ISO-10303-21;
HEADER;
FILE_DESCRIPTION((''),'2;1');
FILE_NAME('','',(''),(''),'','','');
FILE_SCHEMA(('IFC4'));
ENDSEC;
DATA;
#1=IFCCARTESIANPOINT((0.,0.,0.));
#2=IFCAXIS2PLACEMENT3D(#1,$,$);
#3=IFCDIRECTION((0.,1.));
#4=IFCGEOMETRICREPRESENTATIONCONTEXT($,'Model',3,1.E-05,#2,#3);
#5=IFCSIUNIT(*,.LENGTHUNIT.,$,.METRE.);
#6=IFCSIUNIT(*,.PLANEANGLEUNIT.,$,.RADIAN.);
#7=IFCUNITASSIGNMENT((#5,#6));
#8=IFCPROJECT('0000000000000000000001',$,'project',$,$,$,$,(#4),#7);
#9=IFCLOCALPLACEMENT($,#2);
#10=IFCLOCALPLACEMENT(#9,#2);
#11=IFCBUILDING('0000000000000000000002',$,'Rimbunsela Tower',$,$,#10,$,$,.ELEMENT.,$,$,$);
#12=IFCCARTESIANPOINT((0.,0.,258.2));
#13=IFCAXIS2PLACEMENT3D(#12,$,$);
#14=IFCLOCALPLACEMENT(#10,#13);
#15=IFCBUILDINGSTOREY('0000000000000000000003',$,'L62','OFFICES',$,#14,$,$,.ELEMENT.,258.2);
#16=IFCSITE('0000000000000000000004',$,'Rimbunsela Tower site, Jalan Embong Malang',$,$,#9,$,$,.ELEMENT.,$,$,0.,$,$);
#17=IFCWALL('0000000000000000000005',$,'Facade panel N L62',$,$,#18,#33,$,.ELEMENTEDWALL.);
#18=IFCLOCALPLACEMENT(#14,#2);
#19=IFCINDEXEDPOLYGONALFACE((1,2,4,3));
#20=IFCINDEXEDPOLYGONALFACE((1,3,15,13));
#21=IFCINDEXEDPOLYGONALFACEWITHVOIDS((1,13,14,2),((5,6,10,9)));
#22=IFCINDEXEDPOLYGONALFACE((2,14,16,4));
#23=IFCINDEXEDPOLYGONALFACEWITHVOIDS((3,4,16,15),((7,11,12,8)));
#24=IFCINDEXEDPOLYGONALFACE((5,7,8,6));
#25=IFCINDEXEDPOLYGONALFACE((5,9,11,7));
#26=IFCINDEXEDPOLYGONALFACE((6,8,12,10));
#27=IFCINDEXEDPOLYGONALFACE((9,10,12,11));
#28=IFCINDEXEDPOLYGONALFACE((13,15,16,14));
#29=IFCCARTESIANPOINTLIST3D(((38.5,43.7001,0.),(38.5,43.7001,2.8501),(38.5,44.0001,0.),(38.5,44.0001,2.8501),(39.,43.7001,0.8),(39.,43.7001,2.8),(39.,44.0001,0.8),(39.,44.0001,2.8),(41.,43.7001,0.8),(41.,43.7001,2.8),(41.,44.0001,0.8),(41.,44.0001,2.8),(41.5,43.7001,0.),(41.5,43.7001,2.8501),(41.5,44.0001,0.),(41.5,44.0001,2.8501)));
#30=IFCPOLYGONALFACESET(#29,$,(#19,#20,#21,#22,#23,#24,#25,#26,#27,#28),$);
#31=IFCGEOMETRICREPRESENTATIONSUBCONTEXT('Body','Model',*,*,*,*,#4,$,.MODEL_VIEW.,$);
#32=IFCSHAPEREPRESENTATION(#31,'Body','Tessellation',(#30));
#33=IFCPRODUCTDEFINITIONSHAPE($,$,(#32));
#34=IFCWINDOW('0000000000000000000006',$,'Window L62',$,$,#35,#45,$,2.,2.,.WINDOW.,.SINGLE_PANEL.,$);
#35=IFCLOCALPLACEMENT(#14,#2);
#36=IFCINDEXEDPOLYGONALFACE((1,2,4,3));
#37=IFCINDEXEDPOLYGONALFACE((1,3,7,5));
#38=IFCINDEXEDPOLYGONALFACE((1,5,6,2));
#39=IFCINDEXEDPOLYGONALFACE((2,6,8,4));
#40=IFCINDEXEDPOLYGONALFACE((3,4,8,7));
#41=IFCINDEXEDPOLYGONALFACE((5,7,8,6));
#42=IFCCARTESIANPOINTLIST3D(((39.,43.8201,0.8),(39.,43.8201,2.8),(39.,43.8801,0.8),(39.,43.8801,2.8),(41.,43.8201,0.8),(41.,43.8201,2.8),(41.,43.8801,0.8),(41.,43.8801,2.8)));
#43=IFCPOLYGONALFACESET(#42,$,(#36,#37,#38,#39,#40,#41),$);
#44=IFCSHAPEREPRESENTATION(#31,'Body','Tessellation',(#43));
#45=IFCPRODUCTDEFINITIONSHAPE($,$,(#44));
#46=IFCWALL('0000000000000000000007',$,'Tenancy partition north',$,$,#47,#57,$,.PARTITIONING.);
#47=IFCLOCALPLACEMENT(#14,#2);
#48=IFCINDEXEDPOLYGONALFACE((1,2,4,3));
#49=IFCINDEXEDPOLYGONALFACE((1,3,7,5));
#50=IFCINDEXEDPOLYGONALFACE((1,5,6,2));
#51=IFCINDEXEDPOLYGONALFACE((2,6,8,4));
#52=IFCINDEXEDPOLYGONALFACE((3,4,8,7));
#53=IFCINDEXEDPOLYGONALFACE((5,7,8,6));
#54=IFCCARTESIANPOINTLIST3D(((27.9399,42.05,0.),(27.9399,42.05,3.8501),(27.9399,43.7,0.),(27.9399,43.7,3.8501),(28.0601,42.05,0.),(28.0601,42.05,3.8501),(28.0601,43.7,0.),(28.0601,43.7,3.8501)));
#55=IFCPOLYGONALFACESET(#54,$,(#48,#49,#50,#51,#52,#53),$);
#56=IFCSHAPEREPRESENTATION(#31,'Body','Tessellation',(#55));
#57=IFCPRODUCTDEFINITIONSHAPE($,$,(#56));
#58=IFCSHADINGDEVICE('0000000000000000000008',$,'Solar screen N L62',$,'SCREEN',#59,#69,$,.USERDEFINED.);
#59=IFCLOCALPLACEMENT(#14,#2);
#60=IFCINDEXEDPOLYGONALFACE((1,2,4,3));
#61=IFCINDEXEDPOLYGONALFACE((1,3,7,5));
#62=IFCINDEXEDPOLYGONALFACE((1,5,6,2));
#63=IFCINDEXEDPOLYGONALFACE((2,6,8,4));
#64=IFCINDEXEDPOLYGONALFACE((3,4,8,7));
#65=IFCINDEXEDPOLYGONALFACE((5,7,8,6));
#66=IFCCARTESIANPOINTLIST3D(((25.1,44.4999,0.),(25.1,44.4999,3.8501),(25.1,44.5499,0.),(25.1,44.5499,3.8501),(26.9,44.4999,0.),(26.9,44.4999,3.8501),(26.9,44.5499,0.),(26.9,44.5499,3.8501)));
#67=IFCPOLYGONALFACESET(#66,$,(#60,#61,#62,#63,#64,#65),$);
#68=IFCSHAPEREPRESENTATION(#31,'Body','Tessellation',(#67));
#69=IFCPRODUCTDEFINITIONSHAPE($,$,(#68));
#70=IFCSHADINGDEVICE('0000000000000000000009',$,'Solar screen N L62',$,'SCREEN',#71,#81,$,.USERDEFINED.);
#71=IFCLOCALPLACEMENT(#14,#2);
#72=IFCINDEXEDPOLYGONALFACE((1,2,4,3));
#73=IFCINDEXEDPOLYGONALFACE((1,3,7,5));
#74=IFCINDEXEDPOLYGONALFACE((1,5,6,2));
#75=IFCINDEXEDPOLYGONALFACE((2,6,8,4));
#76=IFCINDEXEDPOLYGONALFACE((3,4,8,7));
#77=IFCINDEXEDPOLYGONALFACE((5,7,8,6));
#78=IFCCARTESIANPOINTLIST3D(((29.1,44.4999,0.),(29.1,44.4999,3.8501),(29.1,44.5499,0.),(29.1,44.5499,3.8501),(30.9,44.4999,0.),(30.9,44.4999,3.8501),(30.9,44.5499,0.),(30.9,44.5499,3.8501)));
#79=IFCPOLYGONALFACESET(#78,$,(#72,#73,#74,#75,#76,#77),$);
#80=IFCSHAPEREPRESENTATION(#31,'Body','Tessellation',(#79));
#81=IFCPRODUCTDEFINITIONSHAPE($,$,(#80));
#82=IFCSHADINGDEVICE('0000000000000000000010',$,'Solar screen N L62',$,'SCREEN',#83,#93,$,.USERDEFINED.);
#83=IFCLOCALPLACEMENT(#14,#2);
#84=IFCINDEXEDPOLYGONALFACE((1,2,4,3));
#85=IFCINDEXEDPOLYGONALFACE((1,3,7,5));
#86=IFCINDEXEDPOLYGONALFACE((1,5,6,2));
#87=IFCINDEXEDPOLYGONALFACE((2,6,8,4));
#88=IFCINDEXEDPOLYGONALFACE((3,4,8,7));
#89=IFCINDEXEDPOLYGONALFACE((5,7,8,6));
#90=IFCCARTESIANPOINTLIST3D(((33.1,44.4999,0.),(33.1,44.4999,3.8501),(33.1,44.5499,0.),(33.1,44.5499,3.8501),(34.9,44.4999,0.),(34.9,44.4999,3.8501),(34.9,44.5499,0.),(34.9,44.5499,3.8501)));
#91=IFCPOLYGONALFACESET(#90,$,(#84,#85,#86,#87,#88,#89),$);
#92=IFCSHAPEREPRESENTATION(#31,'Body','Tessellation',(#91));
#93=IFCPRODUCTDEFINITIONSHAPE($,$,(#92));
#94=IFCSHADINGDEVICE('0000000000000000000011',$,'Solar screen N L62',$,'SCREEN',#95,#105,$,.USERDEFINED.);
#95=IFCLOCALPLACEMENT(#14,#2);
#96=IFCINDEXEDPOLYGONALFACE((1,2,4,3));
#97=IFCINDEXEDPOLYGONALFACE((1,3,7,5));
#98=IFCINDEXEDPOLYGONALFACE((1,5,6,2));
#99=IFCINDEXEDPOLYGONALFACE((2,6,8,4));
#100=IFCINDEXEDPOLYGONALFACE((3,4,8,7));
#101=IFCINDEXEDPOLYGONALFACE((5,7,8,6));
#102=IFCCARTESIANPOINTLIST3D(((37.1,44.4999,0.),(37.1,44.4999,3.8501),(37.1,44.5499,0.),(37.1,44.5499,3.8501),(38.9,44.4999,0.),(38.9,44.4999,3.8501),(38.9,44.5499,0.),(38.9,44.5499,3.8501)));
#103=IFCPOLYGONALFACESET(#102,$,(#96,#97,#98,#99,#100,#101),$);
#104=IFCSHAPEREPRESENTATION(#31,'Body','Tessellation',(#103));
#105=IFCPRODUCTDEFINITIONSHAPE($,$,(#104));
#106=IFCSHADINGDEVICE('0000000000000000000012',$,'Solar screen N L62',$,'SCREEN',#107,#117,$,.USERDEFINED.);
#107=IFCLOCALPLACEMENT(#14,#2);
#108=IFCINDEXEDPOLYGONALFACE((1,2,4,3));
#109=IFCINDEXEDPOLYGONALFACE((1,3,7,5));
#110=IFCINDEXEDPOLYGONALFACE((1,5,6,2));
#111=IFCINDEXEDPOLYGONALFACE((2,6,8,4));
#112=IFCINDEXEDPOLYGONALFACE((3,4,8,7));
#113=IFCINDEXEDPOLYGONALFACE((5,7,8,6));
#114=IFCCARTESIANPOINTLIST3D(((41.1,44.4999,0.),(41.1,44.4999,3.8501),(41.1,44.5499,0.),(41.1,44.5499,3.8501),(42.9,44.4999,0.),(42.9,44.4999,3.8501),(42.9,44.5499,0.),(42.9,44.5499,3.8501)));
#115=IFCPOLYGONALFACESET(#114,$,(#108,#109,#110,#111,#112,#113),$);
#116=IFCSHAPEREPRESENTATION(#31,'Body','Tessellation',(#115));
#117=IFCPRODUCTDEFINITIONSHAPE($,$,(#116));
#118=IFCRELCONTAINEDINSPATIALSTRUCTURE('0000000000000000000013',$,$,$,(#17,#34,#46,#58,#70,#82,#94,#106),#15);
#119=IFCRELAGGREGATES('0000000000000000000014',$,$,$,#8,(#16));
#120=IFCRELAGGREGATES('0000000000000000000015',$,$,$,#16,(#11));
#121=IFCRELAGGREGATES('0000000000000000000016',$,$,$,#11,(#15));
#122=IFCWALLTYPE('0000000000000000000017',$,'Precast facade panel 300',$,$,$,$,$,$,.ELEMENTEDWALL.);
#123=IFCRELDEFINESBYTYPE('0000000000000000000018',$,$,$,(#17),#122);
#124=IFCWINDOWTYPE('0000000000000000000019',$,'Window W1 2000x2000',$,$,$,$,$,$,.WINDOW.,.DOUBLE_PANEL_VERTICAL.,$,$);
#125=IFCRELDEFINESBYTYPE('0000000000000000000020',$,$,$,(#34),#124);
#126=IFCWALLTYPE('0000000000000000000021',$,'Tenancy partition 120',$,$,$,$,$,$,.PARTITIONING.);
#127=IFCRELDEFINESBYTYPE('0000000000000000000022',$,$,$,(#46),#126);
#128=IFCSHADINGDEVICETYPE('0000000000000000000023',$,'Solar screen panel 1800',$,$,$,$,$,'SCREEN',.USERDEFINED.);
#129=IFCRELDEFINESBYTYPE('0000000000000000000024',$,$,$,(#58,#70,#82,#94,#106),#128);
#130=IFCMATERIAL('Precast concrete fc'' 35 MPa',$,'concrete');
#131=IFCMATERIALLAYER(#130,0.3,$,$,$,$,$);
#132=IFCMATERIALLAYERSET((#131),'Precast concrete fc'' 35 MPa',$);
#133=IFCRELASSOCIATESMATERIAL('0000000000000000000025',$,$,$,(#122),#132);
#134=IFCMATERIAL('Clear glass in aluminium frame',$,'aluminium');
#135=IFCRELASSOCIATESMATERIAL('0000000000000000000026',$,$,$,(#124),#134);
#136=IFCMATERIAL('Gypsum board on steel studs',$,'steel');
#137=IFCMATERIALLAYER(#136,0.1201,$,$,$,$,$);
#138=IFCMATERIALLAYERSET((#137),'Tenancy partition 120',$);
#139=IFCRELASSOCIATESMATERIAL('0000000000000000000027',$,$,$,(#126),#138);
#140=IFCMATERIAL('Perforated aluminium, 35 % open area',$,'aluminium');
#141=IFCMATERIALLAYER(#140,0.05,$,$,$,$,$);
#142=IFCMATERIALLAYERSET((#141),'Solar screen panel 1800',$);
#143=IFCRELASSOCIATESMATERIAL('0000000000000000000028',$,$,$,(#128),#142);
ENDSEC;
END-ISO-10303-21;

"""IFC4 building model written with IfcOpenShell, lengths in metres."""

from ifc_helpers import new_model, si_unit, direction, frame, frame_2d, origin, origin_2d, place, context, subcontext, project, spatial, rectangle, extrude, material, layer, layer_set, type_object, element, fill, save


model = new_model("IFC4")

# Units and contexts
model_context = context("Model", 3, precision=1e-05, world=origin(), true_north=direction((0.0, 1.0)))
body_context = subcontext(model_context, "Body", "Model", "MODEL_VIEW")
ifc_project = project(units=[si_unit("LENGTHUNIT", "METRE"), si_unit("PLANEANGLEUNIT", "RADIAN")], contexts=[model_context])

# Site, building, storey
site_placement = place(None, origin())
site = spatial("IfcSite", under=ifc_project, at=site_placement, Name="Rimbunsela Tower site, Jalan Embong Malang", CompositionType="ELEMENT", RefElevation=0.0)
building_placement = place(site_placement, origin())
building = spatial("IfcBuilding", under=site, at=building_placement, Name="Rimbunsela Tower", CompositionType="ELEMENT")
storey_placement = place(building_placement, frame((0.0, 0.0, 258.2)))
storey = spatial("IfcBuildingStorey", under=building, at=storey_placement, Name="L62", Description="OFFICES", CompositionType="ELEMENT", Elevation=258.2)

# Shared definitions
ifc_material_1 = material(Name="Precast concrete fc' 35 MPa", Category="concrete")
ifc_layer_1 = layer(ifc_material_1, 0.3)
ifc_layer_set_1 = layer_set([ifc_layer_1], Name="Precast concrete fc' 35 MPa")
wall_type_1 = type_object("IfcWallType", Name="Precast facade panel 300", PredefinedType="ELEMENTEDWALL", material=ifc_layer_set_1)
ifc_material_2 = material(Name="Clear glass in aluminium frame", Category="aluminium")
window_type_1 = type_object("IfcWindowType", Name="Window W1 2000x2000", PartitioningType="DOUBLE_PANEL_VERTICAL", PredefinedType="WINDOW", material=ifc_material_2)

# Wall, opening, window
wall_1_placement = place(storey_placement, frame((41.5, 43.8501, 0.0), z_axis=(0.0, 0.0, 1.0), x_axis=(-1.0, 0.0, 0.0)))
wall_1 = element("IfcWall", 1, at=wall_1_placement, inside=storey, type_object=wall_type_1, Name="Facade panel N L62", PredefinedType="ELEMENTEDWALL", context=body_context, shape_type="SweptSolid", body=[
    extrude(rectangle(XDim=3.0, YDim=0.3, at=frame_2d((1.5, 0.0))), origin(), (0.0, 0.0, 1.0), 2.8501),
])
opening_1_placement = place(wall_1_placement, frame((0.5, 0.0, 0.8)))
opening_1 = element("IfcOpeningElement", 2, at=opening_1_placement, cuts=wall_1, PredefinedType="OPENING", context=body_context, shape_type="SweptSolid", body=[
    extrude(rectangle(XDim=2.0, YDim=2.0, at=frame_2d((1.0, 1.0))), frame((0.0, 0.1599, 0.0), z_axis=(0.0, -1.0, 0.0), x_axis=(1.0, 0.0, 0.0)), (0.0, 0.0, 1.0), 0.3201),
])
window_1_placement = place(opening_1_placement, origin())
window_1 = element("IfcWindow", 3, at=window_1_placement, inside=storey, type_object=window_type_1, Name="Window L62", OverallHeight=2.0, OverallWidth=2.0, PartitioningType="SINGLE_PANEL", PredefinedType="WINDOW", context=body_context, shape_type="SweptSolid", body=[
    extrude(rectangle(XDim=2.0, YDim=2.0, at=frame_2d((1.0, 1.0))), frame((0.0, 0.03, 0.0), z_axis=(0.0, -1.0, 0.0), x_axis=(1.0, 0.0, 0.0)), (0.0, 0.0, 1.0), 0.0601),
])
fill(opening_1, window_1)

# Wall
ifc_material_3 = material(Name="Gypsum board on steel studs", Category="steel")
ifc_layer_2 = layer(ifc_material_3, 0.1201)
ifc_layer_set_2 = layer_set([ifc_layer_2], Name="Tenancy partition 120")
wall_type_2 = type_object("IfcWallType", Name="Tenancy partition 120", PredefinedType="PARTITIONING", material=ifc_layer_set_2)
wall_2_placement = place(storey_placement, frame((28.0, 42.05, 0.0), z_axis=(0.0, 0.0, 1.0), x_axis=(0.0, 1.0, 0.0)))
element("IfcWall", 4, at=wall_2_placement, inside=storey, type_object=wall_type_2, Name="Tenancy partition north", PredefinedType="PARTITIONING", context=body_context, shape_type="SweptSolid", body=[
    extrude(rectangle(XDim=1.6499, YDim=0.1201, at=frame_2d((0.825, 0.0))), origin(), (0.0, 0.0, 1.0), 3.8501),
])

# Shading devices
ifc_material_4 = material(Name="Perforated aluminium, 35 % open area", Category="aluminium")
ifc_layer_3 = layer(ifc_material_4, 0.05)
ifc_layer_set_3 = layer_set([ifc_layer_3], Name="Solar screen panel 1800")
shading_device_type = type_object("IfcShadingDeviceType", Name="Solar screen panel 1800", ElementType="SCREEN", PredefinedType="USERDEFINED", material=ifc_layer_set_3)
for number, where, z_axis, x_axis, name in (
    (5, (26.0, 44.5249, 0.0), (0.0, 0.0, 1.0), (1.0, 0.0, 0.0), "Solar screen N L62"),
    (6, (30.0, 44.5249, 0.0), (0.0, 0.0, 1.0), (1.0, 0.0, 0.0), "Solar screen N L62"),
    (7, (34.0, 44.5249, 0.0), (0.0, 0.0, 1.0), (1.0, 0.0, 0.0), "Solar screen N L62"),
    (8, (38.0, 44.5249, 0.0), (0.0, 0.0, 1.0), (1.0, 0.0, 0.0), "Solar screen N L62"),
    (9, (42.0, 44.5249, 0.0), (0.0, 0.0, 1.0), (1.0, 0.0, 0.0), "Solar screen N L62"),
):
    element("IfcShadingDevice", number, at=place(storey_placement, frame(where, z_axis=z_axis, x_axis=x_axis)), inside=storey, type_object=shading_device_type, Name=name, ObjectType="SCREEN", PredefinedType="USERDEFINED", context=body_context, shape_type="SweptSolid", body=[
        extrude(rectangle(XDim=1.8, YDim=0.05, at=origin_2d()), origin(), (0.0, 0.0, 1.0), 3.8501),
    ])

save(model, "model.ifc")
